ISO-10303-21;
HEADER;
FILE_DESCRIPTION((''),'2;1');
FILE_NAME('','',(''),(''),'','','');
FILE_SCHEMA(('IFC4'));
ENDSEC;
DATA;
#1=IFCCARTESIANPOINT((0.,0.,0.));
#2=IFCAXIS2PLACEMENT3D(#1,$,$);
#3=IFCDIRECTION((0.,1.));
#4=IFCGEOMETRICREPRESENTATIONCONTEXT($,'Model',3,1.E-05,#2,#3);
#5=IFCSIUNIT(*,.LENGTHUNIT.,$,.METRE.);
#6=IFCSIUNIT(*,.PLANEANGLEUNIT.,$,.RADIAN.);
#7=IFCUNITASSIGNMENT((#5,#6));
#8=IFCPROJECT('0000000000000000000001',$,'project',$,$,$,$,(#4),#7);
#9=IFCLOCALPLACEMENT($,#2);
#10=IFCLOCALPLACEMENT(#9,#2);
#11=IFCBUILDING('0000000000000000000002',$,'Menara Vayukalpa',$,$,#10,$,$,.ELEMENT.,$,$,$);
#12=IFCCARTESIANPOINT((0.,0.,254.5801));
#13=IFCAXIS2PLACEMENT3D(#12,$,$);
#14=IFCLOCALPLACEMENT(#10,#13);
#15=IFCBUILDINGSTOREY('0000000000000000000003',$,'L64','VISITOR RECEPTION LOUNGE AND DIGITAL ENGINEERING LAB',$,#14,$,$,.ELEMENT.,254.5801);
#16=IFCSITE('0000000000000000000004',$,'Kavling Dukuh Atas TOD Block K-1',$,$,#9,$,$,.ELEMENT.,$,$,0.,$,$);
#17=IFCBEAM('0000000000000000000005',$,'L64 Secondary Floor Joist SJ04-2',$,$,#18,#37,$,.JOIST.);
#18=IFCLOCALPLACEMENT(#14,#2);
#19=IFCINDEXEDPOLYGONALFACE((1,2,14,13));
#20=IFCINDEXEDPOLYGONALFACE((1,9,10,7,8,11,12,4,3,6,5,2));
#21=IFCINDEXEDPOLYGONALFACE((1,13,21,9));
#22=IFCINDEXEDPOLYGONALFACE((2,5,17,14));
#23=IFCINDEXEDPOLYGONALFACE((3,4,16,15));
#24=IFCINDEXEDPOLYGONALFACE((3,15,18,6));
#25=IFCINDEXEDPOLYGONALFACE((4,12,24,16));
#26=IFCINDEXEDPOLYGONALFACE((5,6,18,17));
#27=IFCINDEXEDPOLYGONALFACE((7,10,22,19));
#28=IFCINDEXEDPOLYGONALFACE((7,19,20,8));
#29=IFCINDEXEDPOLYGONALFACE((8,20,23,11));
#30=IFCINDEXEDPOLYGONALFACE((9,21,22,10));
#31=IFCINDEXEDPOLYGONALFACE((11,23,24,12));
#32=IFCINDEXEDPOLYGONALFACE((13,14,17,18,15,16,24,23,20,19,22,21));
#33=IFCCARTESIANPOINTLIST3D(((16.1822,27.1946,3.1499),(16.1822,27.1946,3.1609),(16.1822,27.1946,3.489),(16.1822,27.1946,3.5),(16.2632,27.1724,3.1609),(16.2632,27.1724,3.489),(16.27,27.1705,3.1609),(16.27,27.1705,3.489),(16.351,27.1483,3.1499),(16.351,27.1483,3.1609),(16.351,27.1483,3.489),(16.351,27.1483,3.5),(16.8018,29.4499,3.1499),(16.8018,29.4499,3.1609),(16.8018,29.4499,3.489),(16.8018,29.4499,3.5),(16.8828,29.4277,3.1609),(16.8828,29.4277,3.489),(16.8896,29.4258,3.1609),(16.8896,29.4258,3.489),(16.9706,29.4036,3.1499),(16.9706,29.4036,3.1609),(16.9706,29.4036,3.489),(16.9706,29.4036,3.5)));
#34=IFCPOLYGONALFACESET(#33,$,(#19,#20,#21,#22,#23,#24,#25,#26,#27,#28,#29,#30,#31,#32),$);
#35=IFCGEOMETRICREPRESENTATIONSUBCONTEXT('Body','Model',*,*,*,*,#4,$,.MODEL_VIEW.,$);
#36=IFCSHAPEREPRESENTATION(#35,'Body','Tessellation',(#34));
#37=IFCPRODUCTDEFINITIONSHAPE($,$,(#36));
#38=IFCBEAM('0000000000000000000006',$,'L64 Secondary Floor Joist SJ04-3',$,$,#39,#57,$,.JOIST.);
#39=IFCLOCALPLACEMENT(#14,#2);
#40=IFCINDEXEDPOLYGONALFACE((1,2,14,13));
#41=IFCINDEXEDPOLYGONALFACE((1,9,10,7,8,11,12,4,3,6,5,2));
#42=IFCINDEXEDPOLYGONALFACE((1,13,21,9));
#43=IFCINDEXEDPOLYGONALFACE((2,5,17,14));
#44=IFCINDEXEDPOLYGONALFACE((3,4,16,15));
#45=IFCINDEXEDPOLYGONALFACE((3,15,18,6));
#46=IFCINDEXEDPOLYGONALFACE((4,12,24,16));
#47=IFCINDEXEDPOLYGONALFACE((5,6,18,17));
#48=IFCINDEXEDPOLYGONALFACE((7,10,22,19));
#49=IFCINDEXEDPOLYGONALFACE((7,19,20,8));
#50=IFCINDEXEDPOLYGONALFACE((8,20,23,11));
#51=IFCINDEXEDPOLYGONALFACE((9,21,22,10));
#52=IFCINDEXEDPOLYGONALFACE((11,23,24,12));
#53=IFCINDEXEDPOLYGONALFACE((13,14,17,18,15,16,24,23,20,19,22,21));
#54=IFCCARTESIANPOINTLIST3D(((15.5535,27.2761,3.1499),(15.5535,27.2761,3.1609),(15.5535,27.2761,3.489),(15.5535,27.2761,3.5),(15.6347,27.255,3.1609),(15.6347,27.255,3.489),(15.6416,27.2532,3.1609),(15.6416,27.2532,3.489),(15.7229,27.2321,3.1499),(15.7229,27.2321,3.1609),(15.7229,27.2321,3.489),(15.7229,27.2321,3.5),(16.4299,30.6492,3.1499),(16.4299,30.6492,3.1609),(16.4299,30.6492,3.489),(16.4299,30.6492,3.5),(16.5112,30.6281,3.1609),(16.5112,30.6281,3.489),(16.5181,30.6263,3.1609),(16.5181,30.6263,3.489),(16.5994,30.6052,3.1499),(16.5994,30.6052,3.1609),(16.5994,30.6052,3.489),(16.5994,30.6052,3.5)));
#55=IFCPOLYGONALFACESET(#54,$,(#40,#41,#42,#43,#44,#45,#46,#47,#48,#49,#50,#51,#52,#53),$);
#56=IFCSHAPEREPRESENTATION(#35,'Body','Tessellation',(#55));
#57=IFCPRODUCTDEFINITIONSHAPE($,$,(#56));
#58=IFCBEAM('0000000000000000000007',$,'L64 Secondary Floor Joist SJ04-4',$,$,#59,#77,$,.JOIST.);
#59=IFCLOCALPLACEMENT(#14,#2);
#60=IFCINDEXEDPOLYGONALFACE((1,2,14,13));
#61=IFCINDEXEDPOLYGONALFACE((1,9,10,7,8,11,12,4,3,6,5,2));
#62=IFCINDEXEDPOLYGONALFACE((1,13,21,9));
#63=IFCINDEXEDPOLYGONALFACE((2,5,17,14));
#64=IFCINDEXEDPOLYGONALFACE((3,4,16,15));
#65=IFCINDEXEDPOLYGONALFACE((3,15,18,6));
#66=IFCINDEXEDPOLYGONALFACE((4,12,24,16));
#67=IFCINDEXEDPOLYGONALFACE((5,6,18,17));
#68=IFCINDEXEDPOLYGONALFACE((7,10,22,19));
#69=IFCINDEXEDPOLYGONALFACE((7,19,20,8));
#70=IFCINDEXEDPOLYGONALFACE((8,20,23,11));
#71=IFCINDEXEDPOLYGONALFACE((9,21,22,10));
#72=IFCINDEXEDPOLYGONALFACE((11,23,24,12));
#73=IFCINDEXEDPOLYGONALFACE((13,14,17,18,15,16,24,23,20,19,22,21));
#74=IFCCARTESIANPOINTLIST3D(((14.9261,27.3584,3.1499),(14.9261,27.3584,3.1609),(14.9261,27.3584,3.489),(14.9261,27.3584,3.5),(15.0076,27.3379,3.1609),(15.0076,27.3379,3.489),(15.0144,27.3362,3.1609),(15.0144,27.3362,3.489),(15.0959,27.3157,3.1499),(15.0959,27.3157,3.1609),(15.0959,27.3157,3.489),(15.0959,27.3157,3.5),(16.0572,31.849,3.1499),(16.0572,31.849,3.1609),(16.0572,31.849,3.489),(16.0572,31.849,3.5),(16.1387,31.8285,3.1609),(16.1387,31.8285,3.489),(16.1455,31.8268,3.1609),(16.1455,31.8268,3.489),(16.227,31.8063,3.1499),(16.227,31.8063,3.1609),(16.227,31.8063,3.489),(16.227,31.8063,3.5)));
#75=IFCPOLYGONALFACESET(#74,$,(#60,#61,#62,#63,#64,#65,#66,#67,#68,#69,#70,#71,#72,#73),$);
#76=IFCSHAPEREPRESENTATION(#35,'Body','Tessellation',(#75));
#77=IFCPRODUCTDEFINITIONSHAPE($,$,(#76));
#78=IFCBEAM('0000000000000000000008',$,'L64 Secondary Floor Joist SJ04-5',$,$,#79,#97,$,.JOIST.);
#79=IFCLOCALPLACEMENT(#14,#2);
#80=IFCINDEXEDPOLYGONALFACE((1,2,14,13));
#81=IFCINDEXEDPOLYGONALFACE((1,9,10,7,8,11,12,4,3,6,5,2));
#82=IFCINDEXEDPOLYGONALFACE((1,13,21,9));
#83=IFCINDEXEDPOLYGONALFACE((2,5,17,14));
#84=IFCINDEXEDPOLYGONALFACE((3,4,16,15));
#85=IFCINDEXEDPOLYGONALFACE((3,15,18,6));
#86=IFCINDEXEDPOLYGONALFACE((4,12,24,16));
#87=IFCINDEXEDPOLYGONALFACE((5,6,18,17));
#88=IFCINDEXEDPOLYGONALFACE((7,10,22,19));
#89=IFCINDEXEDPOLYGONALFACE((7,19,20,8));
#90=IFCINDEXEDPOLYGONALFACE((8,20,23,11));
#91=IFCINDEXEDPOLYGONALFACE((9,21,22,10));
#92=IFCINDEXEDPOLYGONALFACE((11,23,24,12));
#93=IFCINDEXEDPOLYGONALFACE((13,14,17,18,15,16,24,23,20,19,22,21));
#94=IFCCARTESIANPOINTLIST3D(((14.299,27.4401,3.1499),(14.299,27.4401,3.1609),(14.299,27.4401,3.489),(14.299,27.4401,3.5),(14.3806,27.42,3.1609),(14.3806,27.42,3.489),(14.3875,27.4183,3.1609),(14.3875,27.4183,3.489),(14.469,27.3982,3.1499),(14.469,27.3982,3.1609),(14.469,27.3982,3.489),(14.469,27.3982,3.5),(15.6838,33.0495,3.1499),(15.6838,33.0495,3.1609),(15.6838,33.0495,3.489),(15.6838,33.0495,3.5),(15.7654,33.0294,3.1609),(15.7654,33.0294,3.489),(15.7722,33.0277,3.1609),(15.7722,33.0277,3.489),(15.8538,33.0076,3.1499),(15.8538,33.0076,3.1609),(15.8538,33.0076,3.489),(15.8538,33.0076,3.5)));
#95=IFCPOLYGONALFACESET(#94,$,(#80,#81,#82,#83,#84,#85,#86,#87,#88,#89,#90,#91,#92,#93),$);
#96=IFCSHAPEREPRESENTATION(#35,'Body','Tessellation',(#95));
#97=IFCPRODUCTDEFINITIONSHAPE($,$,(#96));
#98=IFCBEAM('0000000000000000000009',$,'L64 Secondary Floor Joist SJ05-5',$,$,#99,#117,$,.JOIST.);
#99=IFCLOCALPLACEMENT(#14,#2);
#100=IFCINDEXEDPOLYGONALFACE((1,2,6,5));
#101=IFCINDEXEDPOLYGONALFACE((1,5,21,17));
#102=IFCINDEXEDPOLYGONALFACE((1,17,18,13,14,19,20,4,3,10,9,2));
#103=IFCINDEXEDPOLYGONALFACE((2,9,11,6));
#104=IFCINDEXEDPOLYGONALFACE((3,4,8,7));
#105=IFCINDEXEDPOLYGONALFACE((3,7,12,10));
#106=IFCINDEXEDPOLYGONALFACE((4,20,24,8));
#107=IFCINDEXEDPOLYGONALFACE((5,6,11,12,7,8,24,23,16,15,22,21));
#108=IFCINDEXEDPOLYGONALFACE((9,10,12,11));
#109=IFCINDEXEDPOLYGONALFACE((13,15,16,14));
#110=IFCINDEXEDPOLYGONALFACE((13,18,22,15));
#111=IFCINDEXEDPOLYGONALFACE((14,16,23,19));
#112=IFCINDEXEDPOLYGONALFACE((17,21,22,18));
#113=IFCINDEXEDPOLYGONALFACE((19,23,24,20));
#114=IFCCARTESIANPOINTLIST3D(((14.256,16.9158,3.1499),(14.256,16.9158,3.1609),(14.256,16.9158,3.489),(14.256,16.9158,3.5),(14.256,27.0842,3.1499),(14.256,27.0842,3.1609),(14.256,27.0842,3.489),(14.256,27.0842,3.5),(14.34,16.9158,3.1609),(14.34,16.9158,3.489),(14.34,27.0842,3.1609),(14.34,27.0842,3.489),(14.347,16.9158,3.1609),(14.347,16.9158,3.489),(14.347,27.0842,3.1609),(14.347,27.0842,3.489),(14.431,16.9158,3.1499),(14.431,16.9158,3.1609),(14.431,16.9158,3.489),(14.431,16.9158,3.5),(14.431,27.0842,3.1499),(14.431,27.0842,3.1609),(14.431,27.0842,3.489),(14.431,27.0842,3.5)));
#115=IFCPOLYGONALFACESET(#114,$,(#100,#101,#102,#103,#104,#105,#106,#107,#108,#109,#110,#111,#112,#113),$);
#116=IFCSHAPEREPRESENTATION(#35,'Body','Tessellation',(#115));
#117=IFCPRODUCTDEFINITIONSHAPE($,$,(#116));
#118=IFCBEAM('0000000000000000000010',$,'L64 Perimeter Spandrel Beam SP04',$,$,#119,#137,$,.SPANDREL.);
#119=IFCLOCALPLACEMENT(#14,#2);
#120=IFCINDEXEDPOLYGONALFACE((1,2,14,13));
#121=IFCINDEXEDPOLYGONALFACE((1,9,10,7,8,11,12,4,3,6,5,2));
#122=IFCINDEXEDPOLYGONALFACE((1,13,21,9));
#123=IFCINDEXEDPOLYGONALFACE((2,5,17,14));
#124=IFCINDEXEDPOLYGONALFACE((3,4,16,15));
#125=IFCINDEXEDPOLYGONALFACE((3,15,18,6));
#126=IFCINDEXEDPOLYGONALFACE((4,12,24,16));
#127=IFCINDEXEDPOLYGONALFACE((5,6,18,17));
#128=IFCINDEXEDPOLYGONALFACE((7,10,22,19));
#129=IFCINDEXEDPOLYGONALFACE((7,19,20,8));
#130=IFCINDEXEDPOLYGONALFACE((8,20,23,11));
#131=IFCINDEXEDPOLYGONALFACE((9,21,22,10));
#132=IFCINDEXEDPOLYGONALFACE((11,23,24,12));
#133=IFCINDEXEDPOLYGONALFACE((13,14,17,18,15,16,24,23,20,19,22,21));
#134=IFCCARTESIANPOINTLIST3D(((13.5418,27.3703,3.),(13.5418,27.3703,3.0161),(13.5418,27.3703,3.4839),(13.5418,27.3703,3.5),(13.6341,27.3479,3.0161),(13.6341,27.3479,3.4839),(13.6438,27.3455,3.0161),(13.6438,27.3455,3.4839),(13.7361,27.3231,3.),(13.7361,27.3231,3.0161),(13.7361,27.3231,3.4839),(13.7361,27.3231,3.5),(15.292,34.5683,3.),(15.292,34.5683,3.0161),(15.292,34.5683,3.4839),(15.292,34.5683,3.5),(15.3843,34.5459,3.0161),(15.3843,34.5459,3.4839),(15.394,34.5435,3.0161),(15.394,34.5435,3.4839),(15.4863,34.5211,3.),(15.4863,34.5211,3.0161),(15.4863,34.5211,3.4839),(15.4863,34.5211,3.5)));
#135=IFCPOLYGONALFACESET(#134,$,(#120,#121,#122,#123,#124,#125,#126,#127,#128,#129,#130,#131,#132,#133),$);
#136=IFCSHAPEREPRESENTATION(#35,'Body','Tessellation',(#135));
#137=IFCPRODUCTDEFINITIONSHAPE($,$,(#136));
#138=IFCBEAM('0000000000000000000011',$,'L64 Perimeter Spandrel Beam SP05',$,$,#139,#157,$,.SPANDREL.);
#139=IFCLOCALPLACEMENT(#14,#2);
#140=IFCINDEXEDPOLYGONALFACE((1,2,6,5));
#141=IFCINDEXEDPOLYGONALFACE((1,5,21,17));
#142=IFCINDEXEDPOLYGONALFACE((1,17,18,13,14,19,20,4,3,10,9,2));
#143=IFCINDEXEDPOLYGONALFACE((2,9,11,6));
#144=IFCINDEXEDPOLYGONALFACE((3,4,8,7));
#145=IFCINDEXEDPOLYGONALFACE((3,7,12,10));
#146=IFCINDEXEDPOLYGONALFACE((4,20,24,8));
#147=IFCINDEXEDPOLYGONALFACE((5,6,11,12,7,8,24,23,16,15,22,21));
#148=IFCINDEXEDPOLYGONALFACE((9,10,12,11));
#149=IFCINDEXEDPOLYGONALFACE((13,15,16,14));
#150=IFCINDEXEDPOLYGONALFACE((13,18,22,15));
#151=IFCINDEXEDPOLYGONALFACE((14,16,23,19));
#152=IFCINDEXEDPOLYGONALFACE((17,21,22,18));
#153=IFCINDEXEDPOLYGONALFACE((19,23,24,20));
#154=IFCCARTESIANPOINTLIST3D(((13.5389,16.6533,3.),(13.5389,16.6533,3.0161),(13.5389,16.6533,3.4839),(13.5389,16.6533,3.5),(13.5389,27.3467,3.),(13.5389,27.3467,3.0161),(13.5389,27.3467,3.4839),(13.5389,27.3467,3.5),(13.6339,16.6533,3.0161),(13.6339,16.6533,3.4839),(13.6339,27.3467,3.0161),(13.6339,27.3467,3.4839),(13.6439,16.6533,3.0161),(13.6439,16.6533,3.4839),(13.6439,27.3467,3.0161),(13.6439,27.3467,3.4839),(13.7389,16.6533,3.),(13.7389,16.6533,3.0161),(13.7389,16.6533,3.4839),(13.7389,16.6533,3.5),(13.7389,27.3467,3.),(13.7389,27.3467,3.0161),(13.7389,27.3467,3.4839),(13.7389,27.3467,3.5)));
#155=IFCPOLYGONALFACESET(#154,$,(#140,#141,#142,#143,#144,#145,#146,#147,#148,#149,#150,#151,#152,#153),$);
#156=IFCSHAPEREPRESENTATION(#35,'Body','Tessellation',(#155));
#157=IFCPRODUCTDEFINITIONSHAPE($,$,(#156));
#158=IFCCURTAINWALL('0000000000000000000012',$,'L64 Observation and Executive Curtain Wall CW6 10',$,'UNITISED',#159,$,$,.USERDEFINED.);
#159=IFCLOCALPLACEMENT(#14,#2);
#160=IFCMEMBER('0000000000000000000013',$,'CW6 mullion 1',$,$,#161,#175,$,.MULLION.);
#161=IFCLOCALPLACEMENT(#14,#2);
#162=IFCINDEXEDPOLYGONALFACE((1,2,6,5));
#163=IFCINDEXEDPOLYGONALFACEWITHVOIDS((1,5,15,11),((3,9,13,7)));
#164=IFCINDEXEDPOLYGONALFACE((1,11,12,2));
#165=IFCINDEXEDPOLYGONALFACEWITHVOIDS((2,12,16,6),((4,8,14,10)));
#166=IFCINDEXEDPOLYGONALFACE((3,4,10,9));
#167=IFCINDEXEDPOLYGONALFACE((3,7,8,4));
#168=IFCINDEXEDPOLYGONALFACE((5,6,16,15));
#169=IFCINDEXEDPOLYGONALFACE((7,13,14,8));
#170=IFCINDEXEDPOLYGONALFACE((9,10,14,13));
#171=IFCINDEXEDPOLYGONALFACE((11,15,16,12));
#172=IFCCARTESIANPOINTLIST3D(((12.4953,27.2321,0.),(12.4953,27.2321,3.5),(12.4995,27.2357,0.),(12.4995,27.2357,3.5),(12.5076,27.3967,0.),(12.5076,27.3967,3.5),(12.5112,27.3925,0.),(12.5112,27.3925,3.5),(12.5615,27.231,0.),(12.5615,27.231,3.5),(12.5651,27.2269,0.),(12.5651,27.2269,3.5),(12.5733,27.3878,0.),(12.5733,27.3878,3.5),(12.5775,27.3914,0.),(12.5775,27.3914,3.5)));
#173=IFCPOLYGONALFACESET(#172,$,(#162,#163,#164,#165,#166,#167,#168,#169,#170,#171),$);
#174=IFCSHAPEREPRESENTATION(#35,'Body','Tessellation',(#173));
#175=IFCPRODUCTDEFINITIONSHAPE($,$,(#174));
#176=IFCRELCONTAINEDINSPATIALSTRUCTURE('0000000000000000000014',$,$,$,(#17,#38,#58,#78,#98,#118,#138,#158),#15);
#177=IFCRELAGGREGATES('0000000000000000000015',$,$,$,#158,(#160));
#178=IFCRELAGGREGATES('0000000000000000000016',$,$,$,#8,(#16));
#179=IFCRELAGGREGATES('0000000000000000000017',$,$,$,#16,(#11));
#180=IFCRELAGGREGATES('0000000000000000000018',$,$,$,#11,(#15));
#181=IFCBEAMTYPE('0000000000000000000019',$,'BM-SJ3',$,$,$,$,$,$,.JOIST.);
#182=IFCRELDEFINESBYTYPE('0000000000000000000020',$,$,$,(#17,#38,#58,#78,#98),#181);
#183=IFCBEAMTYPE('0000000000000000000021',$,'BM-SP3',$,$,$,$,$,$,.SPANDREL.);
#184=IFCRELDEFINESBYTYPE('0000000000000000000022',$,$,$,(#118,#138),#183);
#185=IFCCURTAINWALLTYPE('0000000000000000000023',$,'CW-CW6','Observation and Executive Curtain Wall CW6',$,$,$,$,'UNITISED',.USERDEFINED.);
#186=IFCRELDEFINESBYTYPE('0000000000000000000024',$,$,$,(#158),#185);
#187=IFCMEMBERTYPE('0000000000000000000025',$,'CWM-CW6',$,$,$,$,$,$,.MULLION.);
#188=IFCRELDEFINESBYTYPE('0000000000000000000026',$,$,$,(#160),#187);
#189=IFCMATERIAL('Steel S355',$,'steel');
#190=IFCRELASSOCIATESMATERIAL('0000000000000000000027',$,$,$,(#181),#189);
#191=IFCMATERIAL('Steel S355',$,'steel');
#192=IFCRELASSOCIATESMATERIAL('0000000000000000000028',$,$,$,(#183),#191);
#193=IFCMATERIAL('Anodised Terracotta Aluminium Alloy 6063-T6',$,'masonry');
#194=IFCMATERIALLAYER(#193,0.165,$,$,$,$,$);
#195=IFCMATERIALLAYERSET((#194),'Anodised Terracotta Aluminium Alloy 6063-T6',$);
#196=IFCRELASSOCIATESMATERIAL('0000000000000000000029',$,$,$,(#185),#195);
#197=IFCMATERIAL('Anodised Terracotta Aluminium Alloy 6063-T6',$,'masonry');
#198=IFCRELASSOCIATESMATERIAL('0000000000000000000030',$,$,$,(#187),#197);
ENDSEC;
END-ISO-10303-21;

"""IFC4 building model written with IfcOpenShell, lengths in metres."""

from ifc_helpers import new_model, si_unit, direction, frame, origin, origin_2d, place, context, subcontext, project, spatial, hollow_rectangle, i_section, extrude, material, layer, layer_set, material_profile, profile_set, type_object, element, aggregate, save


model = new_model("IFC4")

# Units and contexts
model_context = context("Model", 3, precision=1e-05, world=origin(), true_north=direction((0.0, 1.0)))
body_context = subcontext(model_context, "Body", "Model", "MODEL_VIEW")
ifc_project = project(units=[si_unit("LENGTHUNIT", "METRE"), si_unit("PLANEANGLEUNIT", "RADIAN")], contexts=[model_context])

# Site, building, storey
site_placement = place(None, origin())
site = spatial("IfcSite", under=ifc_project, at=site_placement, Name="Kavling Dukuh Atas TOD Block K-1", CompositionType="ELEMENT", RefElevation=0.0)
building_placement = place(site_placement, origin())
building = spatial("IfcBuilding", under=site, at=building_placement, Name="Menara Vayukalpa", CompositionType="ELEMENT")
storey_placement = place(building_placement, frame((0.0, 0.0, 254.5801)))
storey = spatial("IfcBuildingStorey", under=building, at=storey_placement, Name="L64", Description="VISITOR RECEPTION LOUNGE AND DIGITAL ENGINEERING LAB", CompositionType="ELEMENT", Elevation=254.5801)

# Beams
ifc_material_1 = material(Name="Steel S355", Category="steel")
ifc_material_profile_1 = material_profile(ifc_material_1, i_section(OverallWidth=0.175, OverallDepth=0.3501, WebThickness=0.0071, FlangeThickness=0.011, at=origin_2d()), Name="WF 350x175x7x11")
ifc_profile_set_1 = profile_set([ifc_material_profile_1], Name="Steel S355")
beam_type_1 = type_object("IfcBeamType", Name="BM-SJ3", PredefinedType="JOIST", material=ifc_profile_set_1)
beam_1_placement = place(storey_placement, frame((16.8862, 29.4268, 3.325), z_axis=(-0.264919, -0.964271, 0.0), x_axis=(0.964271, -0.264919, 0.0)))
element("IfcBeam", 1, at=beam_1_placement, inside=storey, type_object=beam_type_1, Name="L64 Secondary Floor Joist SJ04-2", PredefinedType="JOIST", context=body_context, shape_type="SweptSolid", body=[
    extrude(i_section(OverallWidth=0.175, OverallDepth=0.3501, WebThickness=0.0071, FlangeThickness=0.011, at=origin_2d()), origin(), (0.0, 0.0, 1.0), 2.3389),
])
beam_2_placement = place(storey_placement, frame((16.5146, 30.6272, 3.325), z_axis=(-0.251492, -0.967859, 0.0), x_axis=(0.967859, -0.251492, 0.0)))
element("IfcBeam", 2, at=beam_2_placement, inside=storey, type_object=beam_type_1, Name="L64 Secondary Floor Joist SJ04-3", PredefinedType="JOIST", context=body_context, shape_type="SweptSolid", body=[
    extrude(i_section(OverallWidth=0.175, OverallDepth=0.3501, WebThickness=0.0071, FlangeThickness=0.011, at=origin_2d()), origin(), (0.0, 0.0, 1.0), 3.4851),
])
beam_3_placement = place(storey_placement, frame((16.1421, 31.8276, 3.325), z_axis=(-0.244247, -0.969713, 0.0), x_axis=(0.969713, -0.244247, 0.0)))
element("IfcBeam", 3, at=beam_3_placement, inside=storey, type_object=beam_type_1, Name="L64 Secondary Floor Joist SJ04-4", PredefinedType="JOIST", context=body_context, shape_type="SweptSolid", body=[
    extrude(i_section(OverallWidth=0.175, OverallDepth=0.3501, WebThickness=0.0071, FlangeThickness=0.011, at=origin_2d()), origin(), (0.0, 0.0, 1.0), 4.6309),
])
beam_4_placement = place(storey_placement, frame((15.7688, 33.0286, 3.325), z_axis=(-0.239671, -0.970854, 0.0), x_axis=(0.970854, -0.239671, 0.0)))
element("IfcBeam", 4, at=beam_4_placement, inside=storey, type_object=beam_type_1, Name="L64 Secondary Floor Joist SJ04-5", PredefinedType="JOIST", context=body_context, shape_type="SweptSolid", body=[
    extrude(i_section(OverallWidth=0.175, OverallDepth=0.3501, WebThickness=0.0071, FlangeThickness=0.011, at=origin_2d()), origin(), (0.0, 0.0, 1.0), 5.7778),
])
beam_5_placement = place(storey_placement, frame((14.3435, 27.0842, 3.325), z_axis=(0.0, -1.0, 0.0), x_axis=(1.0, 0.0, 0.0)))
element("IfcBeam", 5, at=beam_5_placement, inside=storey, type_object=beam_type_1, Name="L64 Secondary Floor Joist SJ05-5", PredefinedType="JOIST", context=body_context, shape_type="SweptSolid", body=[
    extrude(i_section(OverallWidth=0.175, OverallDepth=0.3501, WebThickness=0.0071, FlangeThickness=0.011, at=origin_2d()), origin(), (0.0, 0.0, 1.0), 10.1685),
])
ifc_material_2 = material(Name="Steel S355", Category="steel")
ifc_material_profile_2 = material_profile(ifc_material_2, i_section(OverallWidth=0.2, OverallDepth=0.5, WebThickness=0.01, FlangeThickness=0.0161, at=origin_2d()), Name="WF 500x200x10x16")
ifc_profile_set_2 = profile_set([ifc_material_profile_2], Name="Steel S355")
beam_type_2 = type_object("IfcBeamType", Name="BM-SP3", PredefinedType="SPANDREL", material=ifc_profile_set_2)
beam_6_placement = place(storey_placement, frame((15.3892, 34.5447, 3.25), z_axis=(-0.236273, -0.971687, 0.0), x_axis=(0.971687, -0.236273, 0.0)))
element("IfcBeam", 6, at=beam_6_placement, inside=storey, type_object=beam_type_2, Name="L64 Perimeter Spandrel Beam SP04", PredefinedType="SPANDREL", context=body_context, shape_type="SweptSolid", body=[
    extrude(i_section(OverallWidth=0.2, OverallDepth=0.5, WebThickness=0.01, FlangeThickness=0.0161, at=origin_2d()), origin(), (0.0, 0.0, 1.0), 7.4077),
])
beam_7_placement = place(storey_placement, frame((13.6389, 27.3467, 3.25), z_axis=(0.0, -1.0, 0.0), x_axis=(1.0, 0.0, 0.0)))
element("IfcBeam", 7, at=beam_7_placement, inside=storey, type_object=beam_type_2, Name="L64 Perimeter Spandrel Beam SP05", PredefinedType="SPANDREL", context=body_context, shape_type="SweptSolid", body=[
    extrude(i_section(OverallWidth=0.2, OverallDepth=0.5, WebThickness=0.01, FlangeThickness=0.0161, at=origin_2d()), origin(), (0.0, 0.0, 1.0), 10.6934),
])

# Curtain wall, member
ifc_material_3 = material(Name="Anodised Terracotta Aluminium Alloy 6063-T6", Category="masonry")
ifc_layer_1 = layer(ifc_material_3, 0.165)
ifc_layer_set_1 = layer_set([ifc_layer_1], Name="Anodised Terracotta Aluminium Alloy 6063-T6")
curtain_wall_type = type_object("IfcCurtainWallType", Name="CW-CW6", Description="Observation and Executive Curtain Wall CW6", ElementType="UNITISED", PredefinedType="USERDEFINED", material=ifc_layer_set_1)
curtain_wall_placement = place(storey_placement, origin())
curtain_wall = element("IfcCurtainWall", 8, at=curtain_wall_placement, inside=storey, type_object=curtain_wall_type, Name="L64 Observation and Executive Curtain Wall CW6 10", ObjectType="UNITISED", PredefinedType="USERDEFINED")
ifc_material_4 = material(Name="Anodised Terracotta Aluminium Alloy 6063-T6", Category="masonry")
ifc_material_profile_3 = material_profile(ifc_material_4, hollow_rectangle(XDim=0.0701, YDim=0.165, WallThickness=0.0039, at=origin_2d()), Name="ALU 70x165x4")
ifc_profile_set_3 = profile_set([ifc_material_profile_3], Name="Anodised Terracotta Aluminium Alloy 6063-T6")
member_type_1 = type_object("IfcMemberType", Name="CWM-CW6", PredefinedType="MULLION", material=ifc_profile_set_3)
member_1_placement = place(storey_placement, frame((12.5364, 27.3118, 0.0), z_axis=(0.0, 0.0, 1.0), x_axis=(0.997199, -0.074789, 0.0)))
member_1 = element("IfcMember", 9, at=member_1_placement, type_object=member_type_1, Name="CW6 mullion 1", PredefinedType="MULLION", context=body_context, shape_type="SweptSolid", body=[
    extrude(hollow_rectangle(XDim=0.0701, YDim=0.165, WallThickness=0.0039, at=origin_2d()), origin(), (0.0, 0.0, 1.0), 3.5),
])
aggregate(curtain_wall, [member_1])

save(model, "model.ifc")
